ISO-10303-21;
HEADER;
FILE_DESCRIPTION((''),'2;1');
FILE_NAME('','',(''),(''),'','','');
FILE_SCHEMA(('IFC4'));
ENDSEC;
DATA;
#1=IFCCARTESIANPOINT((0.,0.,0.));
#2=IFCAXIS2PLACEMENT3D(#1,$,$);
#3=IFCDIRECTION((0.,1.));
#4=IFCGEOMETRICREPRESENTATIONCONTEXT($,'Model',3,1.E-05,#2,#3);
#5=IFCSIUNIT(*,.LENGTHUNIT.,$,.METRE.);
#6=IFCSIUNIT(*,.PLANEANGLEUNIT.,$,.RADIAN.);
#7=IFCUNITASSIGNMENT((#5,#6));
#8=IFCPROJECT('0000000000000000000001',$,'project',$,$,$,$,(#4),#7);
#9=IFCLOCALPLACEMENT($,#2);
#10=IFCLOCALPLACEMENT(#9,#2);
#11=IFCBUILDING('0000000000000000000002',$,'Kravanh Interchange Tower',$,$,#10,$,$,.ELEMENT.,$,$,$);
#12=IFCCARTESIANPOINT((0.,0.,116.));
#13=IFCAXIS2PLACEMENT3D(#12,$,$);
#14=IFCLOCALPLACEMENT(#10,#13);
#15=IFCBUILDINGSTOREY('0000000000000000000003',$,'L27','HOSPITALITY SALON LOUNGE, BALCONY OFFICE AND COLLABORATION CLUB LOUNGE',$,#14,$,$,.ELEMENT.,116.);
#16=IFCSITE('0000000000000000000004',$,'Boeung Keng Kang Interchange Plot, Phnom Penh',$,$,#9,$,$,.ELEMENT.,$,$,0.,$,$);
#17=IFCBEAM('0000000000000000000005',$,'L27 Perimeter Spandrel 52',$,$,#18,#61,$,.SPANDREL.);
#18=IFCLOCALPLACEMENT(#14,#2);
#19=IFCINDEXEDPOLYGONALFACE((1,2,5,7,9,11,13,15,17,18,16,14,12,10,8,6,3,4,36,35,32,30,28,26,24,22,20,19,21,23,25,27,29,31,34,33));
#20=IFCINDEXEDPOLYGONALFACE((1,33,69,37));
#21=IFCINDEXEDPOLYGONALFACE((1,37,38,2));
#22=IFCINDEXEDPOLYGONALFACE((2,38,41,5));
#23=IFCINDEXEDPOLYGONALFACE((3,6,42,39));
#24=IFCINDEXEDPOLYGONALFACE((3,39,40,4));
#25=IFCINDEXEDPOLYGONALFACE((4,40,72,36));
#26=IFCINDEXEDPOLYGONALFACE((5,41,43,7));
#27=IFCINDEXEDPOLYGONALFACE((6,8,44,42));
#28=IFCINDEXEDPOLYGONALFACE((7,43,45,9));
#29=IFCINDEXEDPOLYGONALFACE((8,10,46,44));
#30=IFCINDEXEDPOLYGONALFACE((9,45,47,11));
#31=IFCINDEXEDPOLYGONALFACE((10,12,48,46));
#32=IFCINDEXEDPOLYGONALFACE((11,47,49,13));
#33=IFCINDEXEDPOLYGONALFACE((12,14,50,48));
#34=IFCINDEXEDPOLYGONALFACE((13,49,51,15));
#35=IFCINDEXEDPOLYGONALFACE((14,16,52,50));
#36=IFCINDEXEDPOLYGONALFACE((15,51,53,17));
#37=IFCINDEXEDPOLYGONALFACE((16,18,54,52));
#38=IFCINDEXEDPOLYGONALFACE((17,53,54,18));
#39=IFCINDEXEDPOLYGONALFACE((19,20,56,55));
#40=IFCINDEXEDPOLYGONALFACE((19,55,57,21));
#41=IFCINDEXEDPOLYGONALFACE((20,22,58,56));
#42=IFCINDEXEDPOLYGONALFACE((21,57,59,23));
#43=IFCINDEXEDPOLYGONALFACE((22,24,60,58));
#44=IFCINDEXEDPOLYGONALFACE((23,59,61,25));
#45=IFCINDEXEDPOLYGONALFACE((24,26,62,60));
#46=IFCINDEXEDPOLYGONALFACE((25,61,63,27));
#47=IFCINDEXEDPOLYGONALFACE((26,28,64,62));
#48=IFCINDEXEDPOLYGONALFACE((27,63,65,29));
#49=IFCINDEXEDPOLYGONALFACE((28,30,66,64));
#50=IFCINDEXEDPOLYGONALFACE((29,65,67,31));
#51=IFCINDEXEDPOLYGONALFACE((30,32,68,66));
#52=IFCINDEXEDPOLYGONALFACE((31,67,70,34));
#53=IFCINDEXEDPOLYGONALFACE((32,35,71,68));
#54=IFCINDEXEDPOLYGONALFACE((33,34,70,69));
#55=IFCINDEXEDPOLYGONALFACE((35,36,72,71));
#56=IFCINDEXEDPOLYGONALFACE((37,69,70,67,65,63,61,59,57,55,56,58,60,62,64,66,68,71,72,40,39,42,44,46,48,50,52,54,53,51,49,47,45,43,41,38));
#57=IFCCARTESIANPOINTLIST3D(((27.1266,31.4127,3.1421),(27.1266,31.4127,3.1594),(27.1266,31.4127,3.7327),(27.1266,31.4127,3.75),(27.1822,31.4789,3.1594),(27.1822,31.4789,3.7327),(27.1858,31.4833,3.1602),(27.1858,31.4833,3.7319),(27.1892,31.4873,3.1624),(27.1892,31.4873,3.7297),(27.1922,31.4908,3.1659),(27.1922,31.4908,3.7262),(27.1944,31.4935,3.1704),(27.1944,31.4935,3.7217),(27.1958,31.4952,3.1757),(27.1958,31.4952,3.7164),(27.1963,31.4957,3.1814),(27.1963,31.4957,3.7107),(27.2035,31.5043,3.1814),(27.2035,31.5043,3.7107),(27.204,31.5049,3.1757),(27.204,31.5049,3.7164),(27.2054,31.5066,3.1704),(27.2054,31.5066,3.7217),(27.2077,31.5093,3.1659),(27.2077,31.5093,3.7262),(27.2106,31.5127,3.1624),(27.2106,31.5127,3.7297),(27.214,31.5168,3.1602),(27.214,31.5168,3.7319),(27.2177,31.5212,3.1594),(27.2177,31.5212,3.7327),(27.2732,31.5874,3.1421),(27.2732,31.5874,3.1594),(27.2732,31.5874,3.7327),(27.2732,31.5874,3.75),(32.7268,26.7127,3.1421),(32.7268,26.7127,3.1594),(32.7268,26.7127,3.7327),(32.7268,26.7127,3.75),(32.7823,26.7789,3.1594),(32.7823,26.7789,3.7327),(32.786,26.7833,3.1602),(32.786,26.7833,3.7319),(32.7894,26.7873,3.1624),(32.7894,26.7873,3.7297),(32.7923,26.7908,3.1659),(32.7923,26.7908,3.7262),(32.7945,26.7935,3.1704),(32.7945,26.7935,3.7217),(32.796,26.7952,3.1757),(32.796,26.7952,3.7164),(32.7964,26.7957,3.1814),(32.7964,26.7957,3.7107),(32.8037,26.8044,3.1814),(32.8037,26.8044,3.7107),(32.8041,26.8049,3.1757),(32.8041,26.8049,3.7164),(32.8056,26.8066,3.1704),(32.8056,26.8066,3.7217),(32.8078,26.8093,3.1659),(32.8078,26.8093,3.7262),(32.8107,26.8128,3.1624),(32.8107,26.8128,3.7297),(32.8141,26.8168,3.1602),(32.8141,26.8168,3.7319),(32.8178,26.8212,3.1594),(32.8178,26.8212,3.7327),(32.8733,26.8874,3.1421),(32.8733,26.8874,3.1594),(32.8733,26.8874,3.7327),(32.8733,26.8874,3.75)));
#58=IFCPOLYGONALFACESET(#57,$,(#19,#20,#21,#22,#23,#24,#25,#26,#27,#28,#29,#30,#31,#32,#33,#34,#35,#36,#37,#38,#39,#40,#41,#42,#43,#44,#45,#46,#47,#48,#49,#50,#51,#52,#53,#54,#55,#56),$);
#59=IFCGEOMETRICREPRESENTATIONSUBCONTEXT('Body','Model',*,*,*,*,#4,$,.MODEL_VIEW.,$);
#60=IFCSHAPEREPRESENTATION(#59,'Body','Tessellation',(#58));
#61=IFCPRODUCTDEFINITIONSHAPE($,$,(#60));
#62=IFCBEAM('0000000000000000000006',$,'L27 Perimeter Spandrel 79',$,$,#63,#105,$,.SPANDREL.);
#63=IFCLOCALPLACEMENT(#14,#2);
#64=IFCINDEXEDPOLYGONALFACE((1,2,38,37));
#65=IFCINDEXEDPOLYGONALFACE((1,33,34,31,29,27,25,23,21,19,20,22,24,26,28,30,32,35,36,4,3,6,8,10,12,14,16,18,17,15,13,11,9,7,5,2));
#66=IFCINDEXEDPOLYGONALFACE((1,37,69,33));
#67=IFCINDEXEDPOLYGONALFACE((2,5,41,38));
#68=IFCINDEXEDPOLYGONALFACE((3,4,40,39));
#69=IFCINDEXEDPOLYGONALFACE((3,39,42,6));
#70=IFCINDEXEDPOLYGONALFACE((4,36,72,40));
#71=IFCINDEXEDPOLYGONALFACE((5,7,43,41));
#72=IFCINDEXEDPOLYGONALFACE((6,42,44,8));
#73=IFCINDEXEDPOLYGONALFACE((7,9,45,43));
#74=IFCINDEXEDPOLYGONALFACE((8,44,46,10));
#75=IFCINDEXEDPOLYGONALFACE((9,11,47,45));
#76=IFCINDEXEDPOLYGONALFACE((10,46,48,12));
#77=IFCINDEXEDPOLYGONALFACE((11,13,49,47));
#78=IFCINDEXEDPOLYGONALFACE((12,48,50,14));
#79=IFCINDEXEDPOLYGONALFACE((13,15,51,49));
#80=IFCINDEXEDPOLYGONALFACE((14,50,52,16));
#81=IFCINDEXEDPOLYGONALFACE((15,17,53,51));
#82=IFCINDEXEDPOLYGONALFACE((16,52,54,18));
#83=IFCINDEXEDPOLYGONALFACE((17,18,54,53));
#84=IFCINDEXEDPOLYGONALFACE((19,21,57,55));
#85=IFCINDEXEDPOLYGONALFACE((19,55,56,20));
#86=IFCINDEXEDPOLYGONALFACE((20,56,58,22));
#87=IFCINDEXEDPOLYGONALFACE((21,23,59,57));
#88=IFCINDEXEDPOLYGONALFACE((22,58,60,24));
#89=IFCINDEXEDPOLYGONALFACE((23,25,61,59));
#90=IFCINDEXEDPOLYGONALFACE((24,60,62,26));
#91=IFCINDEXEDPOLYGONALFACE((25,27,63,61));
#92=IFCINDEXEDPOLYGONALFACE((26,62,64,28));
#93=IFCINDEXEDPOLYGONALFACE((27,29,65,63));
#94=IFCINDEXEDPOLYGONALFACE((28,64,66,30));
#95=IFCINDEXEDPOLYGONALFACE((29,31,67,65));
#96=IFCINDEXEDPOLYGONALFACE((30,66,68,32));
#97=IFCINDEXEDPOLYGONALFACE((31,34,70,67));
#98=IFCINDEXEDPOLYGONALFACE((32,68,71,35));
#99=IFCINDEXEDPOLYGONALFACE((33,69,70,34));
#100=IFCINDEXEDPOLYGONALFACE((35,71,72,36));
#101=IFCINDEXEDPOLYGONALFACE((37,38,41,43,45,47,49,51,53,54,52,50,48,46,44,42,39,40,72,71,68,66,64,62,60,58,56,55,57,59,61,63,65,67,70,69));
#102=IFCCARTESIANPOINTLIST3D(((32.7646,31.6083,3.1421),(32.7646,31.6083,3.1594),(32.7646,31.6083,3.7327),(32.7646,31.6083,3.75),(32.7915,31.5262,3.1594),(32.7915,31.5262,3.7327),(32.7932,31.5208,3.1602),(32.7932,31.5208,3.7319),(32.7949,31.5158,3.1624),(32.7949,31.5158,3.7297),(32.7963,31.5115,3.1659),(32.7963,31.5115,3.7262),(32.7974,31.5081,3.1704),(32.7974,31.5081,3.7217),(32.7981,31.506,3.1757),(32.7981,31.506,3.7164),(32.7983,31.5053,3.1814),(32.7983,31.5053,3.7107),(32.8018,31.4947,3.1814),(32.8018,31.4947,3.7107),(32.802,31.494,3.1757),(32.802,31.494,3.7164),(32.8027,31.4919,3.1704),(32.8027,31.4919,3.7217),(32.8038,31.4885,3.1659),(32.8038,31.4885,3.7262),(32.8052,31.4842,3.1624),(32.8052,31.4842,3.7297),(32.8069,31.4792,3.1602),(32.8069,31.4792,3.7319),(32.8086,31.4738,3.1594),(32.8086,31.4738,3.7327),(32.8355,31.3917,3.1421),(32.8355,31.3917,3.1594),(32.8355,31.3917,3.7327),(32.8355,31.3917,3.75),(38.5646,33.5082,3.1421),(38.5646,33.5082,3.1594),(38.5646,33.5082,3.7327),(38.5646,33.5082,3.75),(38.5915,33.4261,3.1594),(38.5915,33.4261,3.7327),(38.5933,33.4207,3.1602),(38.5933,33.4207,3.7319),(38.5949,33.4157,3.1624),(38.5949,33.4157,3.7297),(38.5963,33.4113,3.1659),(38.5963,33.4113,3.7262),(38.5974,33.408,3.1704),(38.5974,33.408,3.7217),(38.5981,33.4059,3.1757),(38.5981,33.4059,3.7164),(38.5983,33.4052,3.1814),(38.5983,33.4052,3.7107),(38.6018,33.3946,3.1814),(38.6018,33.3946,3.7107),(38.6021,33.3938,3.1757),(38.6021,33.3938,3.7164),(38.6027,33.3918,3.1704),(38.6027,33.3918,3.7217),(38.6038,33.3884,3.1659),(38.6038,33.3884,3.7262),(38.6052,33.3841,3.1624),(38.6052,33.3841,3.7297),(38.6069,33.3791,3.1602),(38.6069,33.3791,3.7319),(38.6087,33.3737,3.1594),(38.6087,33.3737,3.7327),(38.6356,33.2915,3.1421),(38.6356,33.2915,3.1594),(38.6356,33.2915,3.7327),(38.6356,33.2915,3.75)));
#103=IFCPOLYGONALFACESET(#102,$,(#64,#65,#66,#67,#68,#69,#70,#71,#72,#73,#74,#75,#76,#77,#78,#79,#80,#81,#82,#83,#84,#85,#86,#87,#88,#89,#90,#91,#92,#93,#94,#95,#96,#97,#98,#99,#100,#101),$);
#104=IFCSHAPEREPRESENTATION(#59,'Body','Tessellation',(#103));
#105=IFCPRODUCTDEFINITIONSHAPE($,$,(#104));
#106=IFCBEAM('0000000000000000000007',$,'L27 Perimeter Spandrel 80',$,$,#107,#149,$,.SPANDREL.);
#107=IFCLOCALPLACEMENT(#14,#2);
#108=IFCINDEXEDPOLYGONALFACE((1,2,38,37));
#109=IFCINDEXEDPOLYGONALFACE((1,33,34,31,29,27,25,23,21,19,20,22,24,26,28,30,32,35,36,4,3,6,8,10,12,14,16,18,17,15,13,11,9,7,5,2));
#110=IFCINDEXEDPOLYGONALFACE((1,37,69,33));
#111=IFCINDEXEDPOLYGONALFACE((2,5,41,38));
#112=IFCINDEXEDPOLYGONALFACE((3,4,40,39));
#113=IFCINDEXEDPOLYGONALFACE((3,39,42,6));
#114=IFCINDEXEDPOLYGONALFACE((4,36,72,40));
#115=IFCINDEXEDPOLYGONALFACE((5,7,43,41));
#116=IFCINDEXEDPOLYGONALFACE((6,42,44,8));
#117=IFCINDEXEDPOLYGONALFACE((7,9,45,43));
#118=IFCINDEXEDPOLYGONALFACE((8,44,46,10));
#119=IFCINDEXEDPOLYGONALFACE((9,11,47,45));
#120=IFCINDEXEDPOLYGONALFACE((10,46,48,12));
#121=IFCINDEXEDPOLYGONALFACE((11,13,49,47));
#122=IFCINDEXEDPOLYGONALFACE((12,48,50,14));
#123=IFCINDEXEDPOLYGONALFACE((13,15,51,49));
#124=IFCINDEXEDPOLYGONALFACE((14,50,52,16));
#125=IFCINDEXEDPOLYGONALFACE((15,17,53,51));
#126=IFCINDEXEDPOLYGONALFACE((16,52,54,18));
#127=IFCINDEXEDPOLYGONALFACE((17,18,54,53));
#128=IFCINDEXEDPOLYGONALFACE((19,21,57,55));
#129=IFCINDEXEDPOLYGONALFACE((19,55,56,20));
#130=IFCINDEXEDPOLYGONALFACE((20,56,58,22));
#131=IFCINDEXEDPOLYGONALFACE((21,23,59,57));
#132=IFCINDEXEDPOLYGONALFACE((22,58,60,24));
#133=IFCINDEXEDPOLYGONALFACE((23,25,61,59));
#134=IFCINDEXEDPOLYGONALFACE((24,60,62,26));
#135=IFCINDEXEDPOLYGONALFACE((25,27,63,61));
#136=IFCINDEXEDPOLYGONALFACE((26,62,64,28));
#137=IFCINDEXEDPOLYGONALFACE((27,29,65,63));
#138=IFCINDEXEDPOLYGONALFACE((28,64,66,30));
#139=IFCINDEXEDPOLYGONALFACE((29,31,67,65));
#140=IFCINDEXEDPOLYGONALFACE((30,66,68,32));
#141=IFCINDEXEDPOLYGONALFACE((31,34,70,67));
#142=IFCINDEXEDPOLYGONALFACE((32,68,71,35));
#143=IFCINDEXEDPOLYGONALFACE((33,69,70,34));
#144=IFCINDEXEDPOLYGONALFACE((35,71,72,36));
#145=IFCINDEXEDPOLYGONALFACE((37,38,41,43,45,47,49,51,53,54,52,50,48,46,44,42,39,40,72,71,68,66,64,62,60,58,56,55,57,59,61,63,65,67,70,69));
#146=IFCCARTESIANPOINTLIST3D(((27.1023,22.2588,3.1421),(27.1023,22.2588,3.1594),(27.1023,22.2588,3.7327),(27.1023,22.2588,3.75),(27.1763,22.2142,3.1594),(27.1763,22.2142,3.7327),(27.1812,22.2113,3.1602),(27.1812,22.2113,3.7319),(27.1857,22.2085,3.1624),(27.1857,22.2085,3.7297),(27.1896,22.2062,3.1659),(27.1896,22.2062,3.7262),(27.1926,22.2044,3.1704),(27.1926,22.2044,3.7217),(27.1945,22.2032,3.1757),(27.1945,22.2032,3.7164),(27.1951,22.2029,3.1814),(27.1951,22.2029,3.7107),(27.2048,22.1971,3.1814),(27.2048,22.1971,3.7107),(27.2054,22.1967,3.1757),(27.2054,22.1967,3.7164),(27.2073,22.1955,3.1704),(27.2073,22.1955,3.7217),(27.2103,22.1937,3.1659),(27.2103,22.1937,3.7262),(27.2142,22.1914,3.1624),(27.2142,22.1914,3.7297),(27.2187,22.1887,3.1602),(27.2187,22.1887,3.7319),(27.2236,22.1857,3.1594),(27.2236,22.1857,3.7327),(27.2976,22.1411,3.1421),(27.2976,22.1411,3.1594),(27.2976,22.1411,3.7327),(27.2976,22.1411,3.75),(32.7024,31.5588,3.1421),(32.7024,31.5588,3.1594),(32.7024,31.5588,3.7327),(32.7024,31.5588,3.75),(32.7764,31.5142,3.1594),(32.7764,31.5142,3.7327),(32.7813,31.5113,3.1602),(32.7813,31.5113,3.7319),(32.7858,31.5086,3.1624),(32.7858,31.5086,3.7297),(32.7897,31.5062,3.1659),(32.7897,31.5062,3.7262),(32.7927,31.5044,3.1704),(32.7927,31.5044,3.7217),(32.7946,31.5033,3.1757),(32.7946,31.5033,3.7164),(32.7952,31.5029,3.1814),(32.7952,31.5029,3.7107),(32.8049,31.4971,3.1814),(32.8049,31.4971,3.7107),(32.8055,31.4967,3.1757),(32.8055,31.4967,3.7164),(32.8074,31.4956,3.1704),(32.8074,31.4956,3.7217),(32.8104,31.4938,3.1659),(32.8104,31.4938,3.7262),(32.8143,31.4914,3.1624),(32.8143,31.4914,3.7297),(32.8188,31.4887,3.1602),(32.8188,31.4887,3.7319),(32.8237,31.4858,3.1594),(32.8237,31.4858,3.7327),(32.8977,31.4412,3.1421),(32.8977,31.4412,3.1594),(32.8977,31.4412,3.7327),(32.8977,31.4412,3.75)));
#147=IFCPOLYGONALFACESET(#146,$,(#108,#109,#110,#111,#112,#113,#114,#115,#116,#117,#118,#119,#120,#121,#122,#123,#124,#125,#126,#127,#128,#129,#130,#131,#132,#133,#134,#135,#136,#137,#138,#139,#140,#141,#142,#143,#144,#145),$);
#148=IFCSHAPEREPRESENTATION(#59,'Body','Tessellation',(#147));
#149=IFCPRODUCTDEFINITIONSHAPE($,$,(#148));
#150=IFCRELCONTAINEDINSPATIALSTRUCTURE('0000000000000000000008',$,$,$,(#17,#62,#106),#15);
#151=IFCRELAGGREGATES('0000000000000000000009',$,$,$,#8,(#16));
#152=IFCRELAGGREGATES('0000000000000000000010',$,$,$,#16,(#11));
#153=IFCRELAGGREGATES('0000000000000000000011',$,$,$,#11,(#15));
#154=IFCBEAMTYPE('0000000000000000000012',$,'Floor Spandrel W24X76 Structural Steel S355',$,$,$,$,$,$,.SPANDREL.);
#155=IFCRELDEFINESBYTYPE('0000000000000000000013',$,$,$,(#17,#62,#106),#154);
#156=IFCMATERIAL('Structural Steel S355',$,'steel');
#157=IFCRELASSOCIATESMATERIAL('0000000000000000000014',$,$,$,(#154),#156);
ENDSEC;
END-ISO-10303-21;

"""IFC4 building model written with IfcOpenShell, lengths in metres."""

from ifc_helpers import new_model, si_unit, direction, frame, origin, origin_2d, place, context, subcontext, project, spatial, i_section, extrude, material, material_profile, profile_set, type_object, element, save


model = new_model("IFC4")

# Units and contexts
model_context = context("Model", 3, precision=1e-05, world=origin(), true_north=direction((0.0, 1.0)))
body_context = subcontext(model_context, "Body", "Model", "MODEL_VIEW")
ifc_project = project(units=[si_unit("LENGTHUNIT", "METRE"), si_unit("PLANEANGLEUNIT", "RADIAN")], contexts=[model_context])

# Site, building, storey
site_placement = place(None, origin())
site = spatial("IfcSite", under=ifc_project, at=site_placement, Name="Boeung Keng Kang Interchange Plot, Phnom Penh", CompositionType="ELEMENT", RefElevation=0.0)
building_placement = place(site_placement, origin())
building = spatial("IfcBuilding", under=site, at=building_placement, Name="Kravanh Interchange Tower", CompositionType="ELEMENT")
storey_placement = place(building_placement, frame((0.0, 0.0, 116.0)))
storey = spatial("IfcBuildingStorey", under=building, at=storey_placement, Name="L27", Description="HOSPITALITY SALON LOUNGE, BALCONY OFFICE AND COLLABORATION CLUB LOUNGE", CompositionType="ELEMENT", Elevation=116.0)

# Beams
ifc_material_1 = material(Name="Structural Steel S355", Category="steel")
ifc_material_profile_1 = material_profile(ifc_material_1, i_section(OverallWidth=0.228, OverallDepth=0.6079, WebThickness=0.0112, FlangeThickness=0.0173, FilletRadius=0.022, at=origin_2d()), Name="W24X76")
ifc_profile_set_1 = profile_set([ifc_material_profile_1], Name="Structural Steel S355")
beam_type_1 = type_object("IfcBeamType", Name="Floor Spandrel W24X76 Structural Steel S355", PredefinedType="SPANDREL", material=ifc_profile_set_1)
beam_1_placement = place(storey_placement, frame((32.8, 26.8, 3.446), z_axis=(-0.765983, 0.642861, 0.0), x_axis=(-0.642861, -0.765983, 0.0)))
element("IfcBeam", 1, at=beam_1_placement, inside=storey, type_object=beam_type_1, Name="L27 Perimeter Spandrel 52", PredefinedType="SPANDREL", context=body_context, shape_type="SweptSolid", body=[
    extrude(i_section(OverallWidth=0.228, OverallDepth=0.6079, WebThickness=0.0112, FlangeThickness=0.0173, FilletRadius=0.022, at=origin_2d()), origin(), (0.0, 0.0, 1.0), 7.311),
])
beam_2_placement = place(storey_placement, frame((32.8, 31.5, 3.446), z_axis=(0.950315, 0.311291, 0.0), x_axis=(-0.311291, 0.950315, 0.0)))
element("IfcBeam", 2, at=beam_2_placement, inside=storey, type_object=beam_type_1, Name="L27 Perimeter Spandrel 79", PredefinedType="SPANDREL", context=body_context, shape_type="SweptSolid", body=[
    extrude(i_section(OverallWidth=0.228, OverallDepth=0.6079, WebThickness=0.0112, FlangeThickness=0.0173, FilletRadius=0.022, at=origin_2d()), origin(), (0.0, 0.0, 1.0), 6.1033),
])
beam_3_placement = place(storey_placement, frame((32.8, 31.5, 3.446), z_axis=(-0.515854, -0.856676, 0.0), x_axis=(0.856676, -0.515854, 0.0)))
element("IfcBeam", 3, at=beam_3_placement, inside=storey, type_object=beam_type_1, Name="L27 Perimeter Spandrel 80", PredefinedType="SPANDREL", context=body_context, shape_type="SweptSolid", body=[
    extrude(i_section(OverallWidth=0.228, OverallDepth=0.6079, WebThickness=0.0112, FlangeThickness=0.0173, FilletRadius=0.022, at=origin_2d()), origin(), (0.0, 0.0, 1.0), 10.856),
])

save(model, "model.ifc")
